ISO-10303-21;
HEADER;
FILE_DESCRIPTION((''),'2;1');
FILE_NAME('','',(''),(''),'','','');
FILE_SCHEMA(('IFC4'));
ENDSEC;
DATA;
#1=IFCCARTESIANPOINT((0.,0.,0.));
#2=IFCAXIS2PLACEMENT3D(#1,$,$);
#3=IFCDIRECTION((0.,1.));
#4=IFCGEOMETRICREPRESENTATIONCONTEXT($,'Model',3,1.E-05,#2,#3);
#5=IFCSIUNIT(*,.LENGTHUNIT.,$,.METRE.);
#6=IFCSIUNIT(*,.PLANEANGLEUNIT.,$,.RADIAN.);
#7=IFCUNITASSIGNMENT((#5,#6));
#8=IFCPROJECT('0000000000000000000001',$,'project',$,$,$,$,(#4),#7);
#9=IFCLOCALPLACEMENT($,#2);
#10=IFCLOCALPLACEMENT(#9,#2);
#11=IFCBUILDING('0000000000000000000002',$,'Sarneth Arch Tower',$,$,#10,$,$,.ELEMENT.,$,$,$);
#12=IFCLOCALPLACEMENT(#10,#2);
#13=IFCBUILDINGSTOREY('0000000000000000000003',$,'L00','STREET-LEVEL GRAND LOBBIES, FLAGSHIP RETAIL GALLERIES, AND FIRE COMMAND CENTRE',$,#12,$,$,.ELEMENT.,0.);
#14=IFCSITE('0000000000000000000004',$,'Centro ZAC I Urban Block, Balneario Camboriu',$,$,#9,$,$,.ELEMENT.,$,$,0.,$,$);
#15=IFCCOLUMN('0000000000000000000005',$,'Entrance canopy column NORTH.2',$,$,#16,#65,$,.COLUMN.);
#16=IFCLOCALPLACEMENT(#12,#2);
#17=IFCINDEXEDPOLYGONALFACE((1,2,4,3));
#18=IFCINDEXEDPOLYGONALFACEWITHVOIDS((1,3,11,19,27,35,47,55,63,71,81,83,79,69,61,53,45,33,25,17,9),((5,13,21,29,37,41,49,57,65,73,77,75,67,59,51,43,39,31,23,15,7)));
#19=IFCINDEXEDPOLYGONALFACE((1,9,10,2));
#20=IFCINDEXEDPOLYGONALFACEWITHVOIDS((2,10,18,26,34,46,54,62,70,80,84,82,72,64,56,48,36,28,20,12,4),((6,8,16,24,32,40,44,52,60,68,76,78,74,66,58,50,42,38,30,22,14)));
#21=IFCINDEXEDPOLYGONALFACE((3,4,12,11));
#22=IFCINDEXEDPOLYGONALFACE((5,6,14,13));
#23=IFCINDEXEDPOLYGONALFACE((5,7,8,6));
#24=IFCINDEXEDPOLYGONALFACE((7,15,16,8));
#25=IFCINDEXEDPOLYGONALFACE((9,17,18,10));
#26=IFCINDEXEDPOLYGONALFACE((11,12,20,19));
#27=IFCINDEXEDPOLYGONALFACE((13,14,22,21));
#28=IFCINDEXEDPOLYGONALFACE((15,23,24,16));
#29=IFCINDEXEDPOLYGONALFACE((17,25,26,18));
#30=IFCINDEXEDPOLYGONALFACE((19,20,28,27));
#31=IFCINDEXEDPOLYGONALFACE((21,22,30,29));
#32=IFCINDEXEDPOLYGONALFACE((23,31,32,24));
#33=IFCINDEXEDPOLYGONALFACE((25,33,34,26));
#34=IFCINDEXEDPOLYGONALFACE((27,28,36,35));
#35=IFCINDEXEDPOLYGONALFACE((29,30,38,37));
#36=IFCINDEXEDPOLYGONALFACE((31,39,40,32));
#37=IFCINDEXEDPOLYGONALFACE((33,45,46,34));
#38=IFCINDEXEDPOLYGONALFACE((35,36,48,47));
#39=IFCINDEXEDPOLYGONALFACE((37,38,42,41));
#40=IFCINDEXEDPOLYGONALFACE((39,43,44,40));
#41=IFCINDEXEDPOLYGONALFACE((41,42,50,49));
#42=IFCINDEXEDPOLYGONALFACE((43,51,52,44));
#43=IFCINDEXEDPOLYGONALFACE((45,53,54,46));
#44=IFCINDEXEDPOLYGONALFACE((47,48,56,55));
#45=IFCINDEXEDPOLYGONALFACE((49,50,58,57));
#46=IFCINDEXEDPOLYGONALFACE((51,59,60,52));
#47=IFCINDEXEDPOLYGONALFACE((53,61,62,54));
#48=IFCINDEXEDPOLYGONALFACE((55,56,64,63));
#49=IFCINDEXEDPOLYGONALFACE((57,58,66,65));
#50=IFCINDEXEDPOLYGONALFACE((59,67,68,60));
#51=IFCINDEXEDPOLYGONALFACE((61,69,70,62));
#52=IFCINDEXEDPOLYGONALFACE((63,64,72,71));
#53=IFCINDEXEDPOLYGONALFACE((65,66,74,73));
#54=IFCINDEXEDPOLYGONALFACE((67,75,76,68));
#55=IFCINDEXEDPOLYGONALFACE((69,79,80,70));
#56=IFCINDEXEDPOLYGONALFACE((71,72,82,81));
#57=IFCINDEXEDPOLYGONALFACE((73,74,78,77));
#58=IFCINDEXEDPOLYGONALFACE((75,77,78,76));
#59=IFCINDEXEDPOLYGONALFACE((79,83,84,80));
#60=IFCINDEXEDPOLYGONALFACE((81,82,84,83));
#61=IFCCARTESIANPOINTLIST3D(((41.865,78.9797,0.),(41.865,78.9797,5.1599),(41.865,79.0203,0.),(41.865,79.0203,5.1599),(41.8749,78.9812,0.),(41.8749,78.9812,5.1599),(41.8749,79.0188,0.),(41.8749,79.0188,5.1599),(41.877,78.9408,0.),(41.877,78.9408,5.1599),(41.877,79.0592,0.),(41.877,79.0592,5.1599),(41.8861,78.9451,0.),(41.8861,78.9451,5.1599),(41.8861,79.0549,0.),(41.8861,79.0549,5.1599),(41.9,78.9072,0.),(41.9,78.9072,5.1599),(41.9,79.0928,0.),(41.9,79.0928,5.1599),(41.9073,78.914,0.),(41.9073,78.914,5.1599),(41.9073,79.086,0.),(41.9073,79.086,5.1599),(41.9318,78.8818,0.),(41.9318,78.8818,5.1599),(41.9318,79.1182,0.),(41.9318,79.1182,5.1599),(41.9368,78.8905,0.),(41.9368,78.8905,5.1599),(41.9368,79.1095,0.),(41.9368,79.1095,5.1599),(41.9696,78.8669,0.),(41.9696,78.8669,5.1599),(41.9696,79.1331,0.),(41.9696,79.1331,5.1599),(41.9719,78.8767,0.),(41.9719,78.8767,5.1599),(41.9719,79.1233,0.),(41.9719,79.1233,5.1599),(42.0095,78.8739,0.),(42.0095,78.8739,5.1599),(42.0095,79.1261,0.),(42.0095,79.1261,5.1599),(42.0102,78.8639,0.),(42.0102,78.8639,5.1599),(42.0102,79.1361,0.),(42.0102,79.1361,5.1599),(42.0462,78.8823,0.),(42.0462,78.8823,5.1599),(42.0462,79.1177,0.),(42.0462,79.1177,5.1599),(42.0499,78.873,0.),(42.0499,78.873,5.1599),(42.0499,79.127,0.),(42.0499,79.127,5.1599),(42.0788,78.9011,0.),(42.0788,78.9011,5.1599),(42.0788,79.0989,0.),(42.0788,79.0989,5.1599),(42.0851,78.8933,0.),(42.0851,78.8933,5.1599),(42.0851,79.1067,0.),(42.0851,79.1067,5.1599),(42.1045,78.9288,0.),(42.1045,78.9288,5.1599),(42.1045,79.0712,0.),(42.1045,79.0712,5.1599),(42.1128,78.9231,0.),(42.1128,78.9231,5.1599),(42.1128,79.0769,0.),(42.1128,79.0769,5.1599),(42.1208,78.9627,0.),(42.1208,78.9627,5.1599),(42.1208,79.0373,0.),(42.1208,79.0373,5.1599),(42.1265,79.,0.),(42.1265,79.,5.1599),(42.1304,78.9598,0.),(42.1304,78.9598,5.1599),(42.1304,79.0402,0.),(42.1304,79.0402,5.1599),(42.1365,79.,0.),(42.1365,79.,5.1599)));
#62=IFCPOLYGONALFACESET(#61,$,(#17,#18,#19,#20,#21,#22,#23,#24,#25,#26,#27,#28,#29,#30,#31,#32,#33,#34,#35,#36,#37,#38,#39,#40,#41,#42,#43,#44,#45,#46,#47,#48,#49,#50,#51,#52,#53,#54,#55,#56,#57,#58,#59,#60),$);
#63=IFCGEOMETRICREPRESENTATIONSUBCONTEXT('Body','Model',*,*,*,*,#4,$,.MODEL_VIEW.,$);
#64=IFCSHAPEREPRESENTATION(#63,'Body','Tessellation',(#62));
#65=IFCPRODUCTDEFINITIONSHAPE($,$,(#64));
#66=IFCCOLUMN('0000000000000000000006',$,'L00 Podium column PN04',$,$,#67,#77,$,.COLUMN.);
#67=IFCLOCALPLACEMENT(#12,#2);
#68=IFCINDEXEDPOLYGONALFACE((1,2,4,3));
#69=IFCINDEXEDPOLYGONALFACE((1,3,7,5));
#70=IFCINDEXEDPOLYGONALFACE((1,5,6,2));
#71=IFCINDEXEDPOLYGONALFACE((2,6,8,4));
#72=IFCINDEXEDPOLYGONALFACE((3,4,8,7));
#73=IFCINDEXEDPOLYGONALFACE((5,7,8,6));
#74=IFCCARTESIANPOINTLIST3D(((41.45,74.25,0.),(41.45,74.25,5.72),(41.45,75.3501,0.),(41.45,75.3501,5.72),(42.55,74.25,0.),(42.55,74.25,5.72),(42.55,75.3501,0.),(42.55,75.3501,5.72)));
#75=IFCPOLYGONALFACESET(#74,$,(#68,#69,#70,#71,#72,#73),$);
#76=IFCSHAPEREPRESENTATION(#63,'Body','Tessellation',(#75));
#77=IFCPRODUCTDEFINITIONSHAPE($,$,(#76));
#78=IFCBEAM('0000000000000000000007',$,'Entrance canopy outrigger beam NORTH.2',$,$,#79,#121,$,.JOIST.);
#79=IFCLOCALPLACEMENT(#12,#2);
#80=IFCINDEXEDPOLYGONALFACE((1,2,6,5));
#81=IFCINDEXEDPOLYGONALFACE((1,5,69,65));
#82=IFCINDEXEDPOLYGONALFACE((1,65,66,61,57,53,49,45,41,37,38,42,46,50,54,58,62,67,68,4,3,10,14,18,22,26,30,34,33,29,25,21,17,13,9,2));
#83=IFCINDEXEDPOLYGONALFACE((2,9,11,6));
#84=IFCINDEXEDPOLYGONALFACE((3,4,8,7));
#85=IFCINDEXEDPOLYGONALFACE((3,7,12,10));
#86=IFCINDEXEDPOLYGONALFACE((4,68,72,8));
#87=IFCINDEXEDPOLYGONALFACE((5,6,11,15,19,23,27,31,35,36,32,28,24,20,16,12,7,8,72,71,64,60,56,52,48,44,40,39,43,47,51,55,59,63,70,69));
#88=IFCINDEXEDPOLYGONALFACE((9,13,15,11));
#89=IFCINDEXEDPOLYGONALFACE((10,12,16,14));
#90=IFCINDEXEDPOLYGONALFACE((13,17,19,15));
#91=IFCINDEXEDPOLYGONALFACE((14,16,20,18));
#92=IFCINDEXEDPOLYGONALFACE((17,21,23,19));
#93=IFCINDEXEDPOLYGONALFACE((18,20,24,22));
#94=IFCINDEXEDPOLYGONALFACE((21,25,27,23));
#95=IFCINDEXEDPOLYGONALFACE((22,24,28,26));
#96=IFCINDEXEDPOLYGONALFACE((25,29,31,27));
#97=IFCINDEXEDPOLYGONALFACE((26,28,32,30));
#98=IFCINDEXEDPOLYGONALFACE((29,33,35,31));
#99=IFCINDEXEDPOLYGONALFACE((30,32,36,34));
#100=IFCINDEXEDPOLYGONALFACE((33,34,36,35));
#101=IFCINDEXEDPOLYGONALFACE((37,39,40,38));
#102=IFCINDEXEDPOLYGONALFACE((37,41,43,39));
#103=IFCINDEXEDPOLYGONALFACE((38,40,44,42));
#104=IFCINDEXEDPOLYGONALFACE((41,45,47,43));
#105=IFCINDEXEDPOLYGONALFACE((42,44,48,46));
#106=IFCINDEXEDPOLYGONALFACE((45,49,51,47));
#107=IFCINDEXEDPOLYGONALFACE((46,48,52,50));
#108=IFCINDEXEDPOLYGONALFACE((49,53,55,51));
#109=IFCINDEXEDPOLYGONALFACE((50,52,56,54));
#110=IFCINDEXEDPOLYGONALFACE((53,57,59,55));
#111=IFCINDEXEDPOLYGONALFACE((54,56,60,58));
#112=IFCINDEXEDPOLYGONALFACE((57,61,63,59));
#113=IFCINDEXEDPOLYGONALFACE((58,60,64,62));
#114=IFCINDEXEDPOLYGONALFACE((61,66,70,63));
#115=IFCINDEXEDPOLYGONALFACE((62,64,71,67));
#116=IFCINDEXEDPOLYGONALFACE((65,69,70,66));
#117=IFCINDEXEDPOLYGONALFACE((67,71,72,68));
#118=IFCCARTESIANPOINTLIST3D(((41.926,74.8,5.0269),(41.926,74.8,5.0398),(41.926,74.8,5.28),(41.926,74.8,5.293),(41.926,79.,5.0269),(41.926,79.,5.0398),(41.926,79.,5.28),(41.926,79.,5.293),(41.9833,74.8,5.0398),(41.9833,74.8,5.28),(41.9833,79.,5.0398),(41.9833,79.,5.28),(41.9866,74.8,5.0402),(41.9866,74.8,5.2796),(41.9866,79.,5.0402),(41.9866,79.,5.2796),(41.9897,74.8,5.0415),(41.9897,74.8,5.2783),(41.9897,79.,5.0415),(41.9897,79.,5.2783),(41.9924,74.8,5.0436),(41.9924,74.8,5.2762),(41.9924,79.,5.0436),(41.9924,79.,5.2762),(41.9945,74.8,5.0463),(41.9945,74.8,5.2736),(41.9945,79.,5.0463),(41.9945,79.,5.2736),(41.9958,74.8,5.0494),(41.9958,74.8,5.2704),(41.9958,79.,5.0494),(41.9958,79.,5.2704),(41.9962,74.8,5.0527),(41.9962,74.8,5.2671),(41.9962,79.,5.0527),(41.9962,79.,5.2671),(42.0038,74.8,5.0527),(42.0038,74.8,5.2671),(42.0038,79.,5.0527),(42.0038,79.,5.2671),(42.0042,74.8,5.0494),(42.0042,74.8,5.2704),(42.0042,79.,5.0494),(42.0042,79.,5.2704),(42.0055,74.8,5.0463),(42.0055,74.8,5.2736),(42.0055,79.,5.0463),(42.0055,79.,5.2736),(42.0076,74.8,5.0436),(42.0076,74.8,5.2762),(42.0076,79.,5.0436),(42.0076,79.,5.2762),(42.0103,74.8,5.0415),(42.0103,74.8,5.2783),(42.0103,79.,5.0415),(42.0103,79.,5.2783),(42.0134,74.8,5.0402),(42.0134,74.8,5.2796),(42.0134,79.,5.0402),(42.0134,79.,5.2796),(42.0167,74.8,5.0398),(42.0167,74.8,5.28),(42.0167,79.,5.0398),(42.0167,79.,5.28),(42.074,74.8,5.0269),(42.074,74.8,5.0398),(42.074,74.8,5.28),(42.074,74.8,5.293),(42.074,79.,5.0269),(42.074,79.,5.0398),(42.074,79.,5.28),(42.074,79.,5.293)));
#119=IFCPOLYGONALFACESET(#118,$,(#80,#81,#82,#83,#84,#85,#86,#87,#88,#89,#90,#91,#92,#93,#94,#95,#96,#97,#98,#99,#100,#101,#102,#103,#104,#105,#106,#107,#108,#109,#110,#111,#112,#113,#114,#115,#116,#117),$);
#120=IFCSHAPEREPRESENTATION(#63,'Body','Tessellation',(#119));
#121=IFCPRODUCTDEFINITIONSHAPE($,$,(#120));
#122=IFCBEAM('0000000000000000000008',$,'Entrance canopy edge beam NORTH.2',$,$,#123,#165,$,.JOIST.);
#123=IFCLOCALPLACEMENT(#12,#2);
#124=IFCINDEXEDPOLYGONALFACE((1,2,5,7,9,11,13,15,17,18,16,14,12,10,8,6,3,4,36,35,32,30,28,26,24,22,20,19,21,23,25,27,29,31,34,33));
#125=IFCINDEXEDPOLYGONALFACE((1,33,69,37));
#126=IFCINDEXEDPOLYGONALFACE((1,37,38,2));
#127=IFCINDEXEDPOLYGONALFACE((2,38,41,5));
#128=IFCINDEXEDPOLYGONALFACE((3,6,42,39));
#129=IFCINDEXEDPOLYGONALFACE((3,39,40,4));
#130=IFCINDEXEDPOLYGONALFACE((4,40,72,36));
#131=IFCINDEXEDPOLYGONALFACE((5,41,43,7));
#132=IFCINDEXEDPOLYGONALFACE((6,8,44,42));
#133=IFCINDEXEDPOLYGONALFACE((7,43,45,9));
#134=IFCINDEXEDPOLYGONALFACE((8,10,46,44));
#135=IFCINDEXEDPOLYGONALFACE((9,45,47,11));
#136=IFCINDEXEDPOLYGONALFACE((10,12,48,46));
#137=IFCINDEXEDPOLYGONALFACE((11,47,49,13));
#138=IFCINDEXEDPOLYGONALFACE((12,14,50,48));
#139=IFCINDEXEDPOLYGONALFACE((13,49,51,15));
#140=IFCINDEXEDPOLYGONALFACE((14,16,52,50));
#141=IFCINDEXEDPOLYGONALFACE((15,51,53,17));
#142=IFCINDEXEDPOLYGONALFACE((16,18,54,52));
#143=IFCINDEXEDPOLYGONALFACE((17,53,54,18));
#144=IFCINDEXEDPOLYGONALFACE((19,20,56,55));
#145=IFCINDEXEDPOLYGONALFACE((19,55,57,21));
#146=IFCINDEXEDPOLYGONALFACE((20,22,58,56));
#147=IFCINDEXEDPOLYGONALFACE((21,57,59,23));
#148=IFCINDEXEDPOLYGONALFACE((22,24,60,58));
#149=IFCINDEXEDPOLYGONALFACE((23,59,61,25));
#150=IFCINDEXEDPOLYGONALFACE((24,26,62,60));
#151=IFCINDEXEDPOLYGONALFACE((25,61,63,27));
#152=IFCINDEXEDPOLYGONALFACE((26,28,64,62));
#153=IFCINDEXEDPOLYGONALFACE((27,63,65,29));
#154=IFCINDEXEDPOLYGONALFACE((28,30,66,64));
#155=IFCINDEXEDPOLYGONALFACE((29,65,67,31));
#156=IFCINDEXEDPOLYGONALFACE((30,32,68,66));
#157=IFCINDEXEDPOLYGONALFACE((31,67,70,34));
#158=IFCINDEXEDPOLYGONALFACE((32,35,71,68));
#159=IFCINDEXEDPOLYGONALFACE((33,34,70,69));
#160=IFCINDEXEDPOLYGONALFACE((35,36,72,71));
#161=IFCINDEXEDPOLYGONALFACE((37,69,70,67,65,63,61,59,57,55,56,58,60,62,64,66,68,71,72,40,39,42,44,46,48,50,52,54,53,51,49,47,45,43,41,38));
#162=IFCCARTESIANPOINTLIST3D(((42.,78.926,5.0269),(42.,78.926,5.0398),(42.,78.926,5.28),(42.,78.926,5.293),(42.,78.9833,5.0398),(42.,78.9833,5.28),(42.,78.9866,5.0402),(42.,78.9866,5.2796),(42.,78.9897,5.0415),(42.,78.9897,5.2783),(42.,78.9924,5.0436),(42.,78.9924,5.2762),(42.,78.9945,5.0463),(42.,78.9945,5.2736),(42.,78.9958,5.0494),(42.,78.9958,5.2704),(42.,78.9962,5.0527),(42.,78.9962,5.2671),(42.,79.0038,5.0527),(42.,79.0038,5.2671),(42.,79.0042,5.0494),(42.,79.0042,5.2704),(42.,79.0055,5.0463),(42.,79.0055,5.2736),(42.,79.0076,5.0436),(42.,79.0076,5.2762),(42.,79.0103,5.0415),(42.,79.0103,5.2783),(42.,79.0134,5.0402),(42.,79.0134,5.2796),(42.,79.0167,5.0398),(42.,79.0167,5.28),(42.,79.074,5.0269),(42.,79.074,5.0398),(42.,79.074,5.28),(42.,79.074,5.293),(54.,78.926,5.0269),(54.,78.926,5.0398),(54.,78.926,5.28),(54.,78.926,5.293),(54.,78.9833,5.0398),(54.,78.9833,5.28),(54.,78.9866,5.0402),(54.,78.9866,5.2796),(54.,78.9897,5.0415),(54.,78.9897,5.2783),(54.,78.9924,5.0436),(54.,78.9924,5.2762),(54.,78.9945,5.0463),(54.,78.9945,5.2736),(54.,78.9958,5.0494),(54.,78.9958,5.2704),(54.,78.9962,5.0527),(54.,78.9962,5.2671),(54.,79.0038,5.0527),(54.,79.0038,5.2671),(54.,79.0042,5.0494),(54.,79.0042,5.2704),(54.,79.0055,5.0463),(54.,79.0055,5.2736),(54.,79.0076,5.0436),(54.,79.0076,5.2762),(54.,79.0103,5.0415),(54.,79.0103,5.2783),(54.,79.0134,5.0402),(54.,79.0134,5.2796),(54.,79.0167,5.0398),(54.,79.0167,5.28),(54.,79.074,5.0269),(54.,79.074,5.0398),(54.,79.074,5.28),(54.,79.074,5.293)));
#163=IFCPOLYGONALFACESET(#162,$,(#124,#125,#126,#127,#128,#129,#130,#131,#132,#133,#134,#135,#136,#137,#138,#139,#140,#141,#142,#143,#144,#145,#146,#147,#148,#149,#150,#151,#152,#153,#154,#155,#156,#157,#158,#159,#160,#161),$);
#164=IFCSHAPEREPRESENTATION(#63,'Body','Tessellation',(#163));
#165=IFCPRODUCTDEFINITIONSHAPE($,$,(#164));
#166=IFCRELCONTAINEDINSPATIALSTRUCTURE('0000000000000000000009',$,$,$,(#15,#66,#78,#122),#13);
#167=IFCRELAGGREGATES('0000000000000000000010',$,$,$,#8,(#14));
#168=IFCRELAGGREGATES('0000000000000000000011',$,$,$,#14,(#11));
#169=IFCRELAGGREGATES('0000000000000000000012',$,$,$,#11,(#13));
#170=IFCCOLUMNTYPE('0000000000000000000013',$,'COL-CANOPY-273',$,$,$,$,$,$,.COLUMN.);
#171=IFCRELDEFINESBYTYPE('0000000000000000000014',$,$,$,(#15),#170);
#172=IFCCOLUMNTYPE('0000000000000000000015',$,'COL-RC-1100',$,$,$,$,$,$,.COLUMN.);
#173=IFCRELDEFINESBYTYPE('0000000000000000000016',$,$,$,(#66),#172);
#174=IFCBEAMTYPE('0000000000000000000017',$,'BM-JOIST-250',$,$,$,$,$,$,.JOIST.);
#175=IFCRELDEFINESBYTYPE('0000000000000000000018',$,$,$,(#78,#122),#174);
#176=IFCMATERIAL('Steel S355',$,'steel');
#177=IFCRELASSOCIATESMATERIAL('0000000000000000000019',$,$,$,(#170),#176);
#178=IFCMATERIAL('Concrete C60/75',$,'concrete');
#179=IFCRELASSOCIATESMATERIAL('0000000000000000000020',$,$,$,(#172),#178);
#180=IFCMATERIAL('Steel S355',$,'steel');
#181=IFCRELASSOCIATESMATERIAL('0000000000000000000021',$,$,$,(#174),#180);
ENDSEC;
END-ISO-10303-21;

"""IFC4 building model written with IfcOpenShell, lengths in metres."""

from ifc_helpers import new_model, si_unit, direction, frame, origin, origin_2d, place, context, subcontext, project, spatial, rectangle, hollow_circle, i_section, extrude, material, material_profile, profile_set, type_object, element, save


model = new_model("IFC4")

# Units and contexts
model_context = context("Model", 3, precision=1e-05, world=origin(), true_north=direction((0.0, 1.0)))
body_context = subcontext(model_context, "Body", "Model", "MODEL_VIEW")
ifc_project = project(units=[si_unit("LENGTHUNIT", "METRE"), si_unit("PLANEANGLEUNIT", "RADIAN")], contexts=[model_context])

# Site, building, storey
site_placement = place(None, origin())
site = spatial("IfcSite", under=ifc_project, at=site_placement, Name="Centro ZAC I Urban Block, Balneario Camboriu", CompositionType="ELEMENT", RefElevation=0.0)
building_placement = place(site_placement, origin())
building = spatial("IfcBuilding", under=site, at=building_placement, Name="Sarneth Arch Tower", CompositionType="ELEMENT")
storey_placement = place(building_placement, origin())
storey = spatial("IfcBuildingStorey", under=building, at=storey_placement, Name="L00", Description="STREET-LEVEL GRAND LOBBIES, FLAGSHIP RETAIL GALLERIES, AND FIRE COMMAND CENTRE", CompositionType="ELEMENT", Elevation=0.0)

# Columns
ifc_material_1 = material(Name="Steel S355", Category="steel")
ifc_material_profile_1 = material_profile(ifc_material_1, hollow_circle(Radius=0.1365, WallThickness=0.01, at=origin_2d()), Name="CHS273x10")
ifc_profile_set_1 = profile_set([ifc_material_profile_1], Name="Steel S355")
column_type_1 = type_object("IfcColumnType", Name="COL-CANOPY-273", PredefinedType="COLUMN", material=ifc_profile_set_1)
column_1_placement = place(storey_placement, frame((42.0, 79.0, 0.0), z_axis=(0.0, 0.0, 1.0), x_axis=(1.0, 0.0, 0.0)))
element("IfcColumn", 1, at=column_1_placement, inside=storey, type_object=column_type_1, Name="Entrance canopy column NORTH.2", PredefinedType="COLUMN", context=body_context, shape_type="SweptSolid", body=[
    extrude(hollow_circle(Radius=0.1365, WallThickness=0.01, at=origin_2d()), origin(), (0.0, 0.0, 1.0), 5.1599),
])
ifc_material_2 = material(Name="Concrete C60/75", Category="concrete")
ifc_material_profile_2 = material_profile(ifc_material_2, rectangle(XDim=1.1001, YDim=1.1001, at=origin_2d()), Name="RC-1100x1100")
ifc_profile_set_2 = profile_set([ifc_material_profile_2], Name="Concrete C60/75")
column_type_2 = type_object("IfcColumnType", Name="COL-RC-1100", PredefinedType="COLUMN", material=ifc_profile_set_2)
column_2_placement = place(storey_placement, frame((42.0, 74.8, 0.0), z_axis=(0.0, 0.0, 1.0), x_axis=(1.0, 0.0, 0.0)))
element("IfcColumn", 2, at=column_2_placement, inside=storey, type_object=column_type_2, Name="L00 Podium column PN04", PredefinedType="COLUMN", context=body_context, shape_type="SweptSolid", body=[
    extrude(rectangle(XDim=1.1001, YDim=1.1001, at=origin_2d()), origin(), (0.0, 0.0, 1.0), 5.72),
])

# Beams
ifc_material_3 = material(Name="Steel S355", Category="steel")
ifc_material_profile_3 = material_profile(ifc_material_3, i_section(OverallWidth=0.1479, OverallDepth=0.2661, WebThickness=0.0076, FlangeThickness=0.0129, FilletRadius=0.0129, at=origin_2d()), Name="W250x44.8")
ifc_profile_set_3 = profile_set([ifc_material_profile_3], Name="Steel S355")
beam_type_1 = type_object("IfcBeamType", Name="BM-JOIST-250", PredefinedType="JOIST", material=ifc_profile_set_3)
beam_1_placement = place(storey_placement, frame((42.0, 74.8, 5.1599), z_axis=(0.0, 1.0, 0.0), x_axis=(-1.0, 0.0, 0.0)))
element("IfcBeam", 3, at=beam_1_placement, inside=storey, type_object=beam_type_1, Name="Entrance canopy outrigger beam NORTH.2", PredefinedType="JOIST", context=body_context, shape_type="SweptSolid", body=[
    extrude(i_section(OverallWidth=0.1479, OverallDepth=0.2661, WebThickness=0.0076, FlangeThickness=0.0129, FilletRadius=0.0129, at=origin_2d()), origin(), (0.0, 0.0, 1.0), 4.2),
])
beam_2_placement = place(storey_placement, frame((42.0, 79.0, 5.1599), z_axis=(1.0, 0.0, 0.0), x_axis=(0.0, 1.0, 0.0)))
element("IfcBeam", 4, at=beam_2_placement, inside=storey, type_object=beam_type_1, Name="Entrance canopy edge beam NORTH.2", PredefinedType="JOIST", context=body_context, shape_type="SweptSolid", body=[
    extrude(i_section(OverallWidth=0.1479, OverallDepth=0.2661, WebThickness=0.0076, FlangeThickness=0.0129, FilletRadius=0.0129, at=origin_2d()), origin(), (0.0, 0.0, 1.0), 12.0),
])

save(model, "model.ifc")
